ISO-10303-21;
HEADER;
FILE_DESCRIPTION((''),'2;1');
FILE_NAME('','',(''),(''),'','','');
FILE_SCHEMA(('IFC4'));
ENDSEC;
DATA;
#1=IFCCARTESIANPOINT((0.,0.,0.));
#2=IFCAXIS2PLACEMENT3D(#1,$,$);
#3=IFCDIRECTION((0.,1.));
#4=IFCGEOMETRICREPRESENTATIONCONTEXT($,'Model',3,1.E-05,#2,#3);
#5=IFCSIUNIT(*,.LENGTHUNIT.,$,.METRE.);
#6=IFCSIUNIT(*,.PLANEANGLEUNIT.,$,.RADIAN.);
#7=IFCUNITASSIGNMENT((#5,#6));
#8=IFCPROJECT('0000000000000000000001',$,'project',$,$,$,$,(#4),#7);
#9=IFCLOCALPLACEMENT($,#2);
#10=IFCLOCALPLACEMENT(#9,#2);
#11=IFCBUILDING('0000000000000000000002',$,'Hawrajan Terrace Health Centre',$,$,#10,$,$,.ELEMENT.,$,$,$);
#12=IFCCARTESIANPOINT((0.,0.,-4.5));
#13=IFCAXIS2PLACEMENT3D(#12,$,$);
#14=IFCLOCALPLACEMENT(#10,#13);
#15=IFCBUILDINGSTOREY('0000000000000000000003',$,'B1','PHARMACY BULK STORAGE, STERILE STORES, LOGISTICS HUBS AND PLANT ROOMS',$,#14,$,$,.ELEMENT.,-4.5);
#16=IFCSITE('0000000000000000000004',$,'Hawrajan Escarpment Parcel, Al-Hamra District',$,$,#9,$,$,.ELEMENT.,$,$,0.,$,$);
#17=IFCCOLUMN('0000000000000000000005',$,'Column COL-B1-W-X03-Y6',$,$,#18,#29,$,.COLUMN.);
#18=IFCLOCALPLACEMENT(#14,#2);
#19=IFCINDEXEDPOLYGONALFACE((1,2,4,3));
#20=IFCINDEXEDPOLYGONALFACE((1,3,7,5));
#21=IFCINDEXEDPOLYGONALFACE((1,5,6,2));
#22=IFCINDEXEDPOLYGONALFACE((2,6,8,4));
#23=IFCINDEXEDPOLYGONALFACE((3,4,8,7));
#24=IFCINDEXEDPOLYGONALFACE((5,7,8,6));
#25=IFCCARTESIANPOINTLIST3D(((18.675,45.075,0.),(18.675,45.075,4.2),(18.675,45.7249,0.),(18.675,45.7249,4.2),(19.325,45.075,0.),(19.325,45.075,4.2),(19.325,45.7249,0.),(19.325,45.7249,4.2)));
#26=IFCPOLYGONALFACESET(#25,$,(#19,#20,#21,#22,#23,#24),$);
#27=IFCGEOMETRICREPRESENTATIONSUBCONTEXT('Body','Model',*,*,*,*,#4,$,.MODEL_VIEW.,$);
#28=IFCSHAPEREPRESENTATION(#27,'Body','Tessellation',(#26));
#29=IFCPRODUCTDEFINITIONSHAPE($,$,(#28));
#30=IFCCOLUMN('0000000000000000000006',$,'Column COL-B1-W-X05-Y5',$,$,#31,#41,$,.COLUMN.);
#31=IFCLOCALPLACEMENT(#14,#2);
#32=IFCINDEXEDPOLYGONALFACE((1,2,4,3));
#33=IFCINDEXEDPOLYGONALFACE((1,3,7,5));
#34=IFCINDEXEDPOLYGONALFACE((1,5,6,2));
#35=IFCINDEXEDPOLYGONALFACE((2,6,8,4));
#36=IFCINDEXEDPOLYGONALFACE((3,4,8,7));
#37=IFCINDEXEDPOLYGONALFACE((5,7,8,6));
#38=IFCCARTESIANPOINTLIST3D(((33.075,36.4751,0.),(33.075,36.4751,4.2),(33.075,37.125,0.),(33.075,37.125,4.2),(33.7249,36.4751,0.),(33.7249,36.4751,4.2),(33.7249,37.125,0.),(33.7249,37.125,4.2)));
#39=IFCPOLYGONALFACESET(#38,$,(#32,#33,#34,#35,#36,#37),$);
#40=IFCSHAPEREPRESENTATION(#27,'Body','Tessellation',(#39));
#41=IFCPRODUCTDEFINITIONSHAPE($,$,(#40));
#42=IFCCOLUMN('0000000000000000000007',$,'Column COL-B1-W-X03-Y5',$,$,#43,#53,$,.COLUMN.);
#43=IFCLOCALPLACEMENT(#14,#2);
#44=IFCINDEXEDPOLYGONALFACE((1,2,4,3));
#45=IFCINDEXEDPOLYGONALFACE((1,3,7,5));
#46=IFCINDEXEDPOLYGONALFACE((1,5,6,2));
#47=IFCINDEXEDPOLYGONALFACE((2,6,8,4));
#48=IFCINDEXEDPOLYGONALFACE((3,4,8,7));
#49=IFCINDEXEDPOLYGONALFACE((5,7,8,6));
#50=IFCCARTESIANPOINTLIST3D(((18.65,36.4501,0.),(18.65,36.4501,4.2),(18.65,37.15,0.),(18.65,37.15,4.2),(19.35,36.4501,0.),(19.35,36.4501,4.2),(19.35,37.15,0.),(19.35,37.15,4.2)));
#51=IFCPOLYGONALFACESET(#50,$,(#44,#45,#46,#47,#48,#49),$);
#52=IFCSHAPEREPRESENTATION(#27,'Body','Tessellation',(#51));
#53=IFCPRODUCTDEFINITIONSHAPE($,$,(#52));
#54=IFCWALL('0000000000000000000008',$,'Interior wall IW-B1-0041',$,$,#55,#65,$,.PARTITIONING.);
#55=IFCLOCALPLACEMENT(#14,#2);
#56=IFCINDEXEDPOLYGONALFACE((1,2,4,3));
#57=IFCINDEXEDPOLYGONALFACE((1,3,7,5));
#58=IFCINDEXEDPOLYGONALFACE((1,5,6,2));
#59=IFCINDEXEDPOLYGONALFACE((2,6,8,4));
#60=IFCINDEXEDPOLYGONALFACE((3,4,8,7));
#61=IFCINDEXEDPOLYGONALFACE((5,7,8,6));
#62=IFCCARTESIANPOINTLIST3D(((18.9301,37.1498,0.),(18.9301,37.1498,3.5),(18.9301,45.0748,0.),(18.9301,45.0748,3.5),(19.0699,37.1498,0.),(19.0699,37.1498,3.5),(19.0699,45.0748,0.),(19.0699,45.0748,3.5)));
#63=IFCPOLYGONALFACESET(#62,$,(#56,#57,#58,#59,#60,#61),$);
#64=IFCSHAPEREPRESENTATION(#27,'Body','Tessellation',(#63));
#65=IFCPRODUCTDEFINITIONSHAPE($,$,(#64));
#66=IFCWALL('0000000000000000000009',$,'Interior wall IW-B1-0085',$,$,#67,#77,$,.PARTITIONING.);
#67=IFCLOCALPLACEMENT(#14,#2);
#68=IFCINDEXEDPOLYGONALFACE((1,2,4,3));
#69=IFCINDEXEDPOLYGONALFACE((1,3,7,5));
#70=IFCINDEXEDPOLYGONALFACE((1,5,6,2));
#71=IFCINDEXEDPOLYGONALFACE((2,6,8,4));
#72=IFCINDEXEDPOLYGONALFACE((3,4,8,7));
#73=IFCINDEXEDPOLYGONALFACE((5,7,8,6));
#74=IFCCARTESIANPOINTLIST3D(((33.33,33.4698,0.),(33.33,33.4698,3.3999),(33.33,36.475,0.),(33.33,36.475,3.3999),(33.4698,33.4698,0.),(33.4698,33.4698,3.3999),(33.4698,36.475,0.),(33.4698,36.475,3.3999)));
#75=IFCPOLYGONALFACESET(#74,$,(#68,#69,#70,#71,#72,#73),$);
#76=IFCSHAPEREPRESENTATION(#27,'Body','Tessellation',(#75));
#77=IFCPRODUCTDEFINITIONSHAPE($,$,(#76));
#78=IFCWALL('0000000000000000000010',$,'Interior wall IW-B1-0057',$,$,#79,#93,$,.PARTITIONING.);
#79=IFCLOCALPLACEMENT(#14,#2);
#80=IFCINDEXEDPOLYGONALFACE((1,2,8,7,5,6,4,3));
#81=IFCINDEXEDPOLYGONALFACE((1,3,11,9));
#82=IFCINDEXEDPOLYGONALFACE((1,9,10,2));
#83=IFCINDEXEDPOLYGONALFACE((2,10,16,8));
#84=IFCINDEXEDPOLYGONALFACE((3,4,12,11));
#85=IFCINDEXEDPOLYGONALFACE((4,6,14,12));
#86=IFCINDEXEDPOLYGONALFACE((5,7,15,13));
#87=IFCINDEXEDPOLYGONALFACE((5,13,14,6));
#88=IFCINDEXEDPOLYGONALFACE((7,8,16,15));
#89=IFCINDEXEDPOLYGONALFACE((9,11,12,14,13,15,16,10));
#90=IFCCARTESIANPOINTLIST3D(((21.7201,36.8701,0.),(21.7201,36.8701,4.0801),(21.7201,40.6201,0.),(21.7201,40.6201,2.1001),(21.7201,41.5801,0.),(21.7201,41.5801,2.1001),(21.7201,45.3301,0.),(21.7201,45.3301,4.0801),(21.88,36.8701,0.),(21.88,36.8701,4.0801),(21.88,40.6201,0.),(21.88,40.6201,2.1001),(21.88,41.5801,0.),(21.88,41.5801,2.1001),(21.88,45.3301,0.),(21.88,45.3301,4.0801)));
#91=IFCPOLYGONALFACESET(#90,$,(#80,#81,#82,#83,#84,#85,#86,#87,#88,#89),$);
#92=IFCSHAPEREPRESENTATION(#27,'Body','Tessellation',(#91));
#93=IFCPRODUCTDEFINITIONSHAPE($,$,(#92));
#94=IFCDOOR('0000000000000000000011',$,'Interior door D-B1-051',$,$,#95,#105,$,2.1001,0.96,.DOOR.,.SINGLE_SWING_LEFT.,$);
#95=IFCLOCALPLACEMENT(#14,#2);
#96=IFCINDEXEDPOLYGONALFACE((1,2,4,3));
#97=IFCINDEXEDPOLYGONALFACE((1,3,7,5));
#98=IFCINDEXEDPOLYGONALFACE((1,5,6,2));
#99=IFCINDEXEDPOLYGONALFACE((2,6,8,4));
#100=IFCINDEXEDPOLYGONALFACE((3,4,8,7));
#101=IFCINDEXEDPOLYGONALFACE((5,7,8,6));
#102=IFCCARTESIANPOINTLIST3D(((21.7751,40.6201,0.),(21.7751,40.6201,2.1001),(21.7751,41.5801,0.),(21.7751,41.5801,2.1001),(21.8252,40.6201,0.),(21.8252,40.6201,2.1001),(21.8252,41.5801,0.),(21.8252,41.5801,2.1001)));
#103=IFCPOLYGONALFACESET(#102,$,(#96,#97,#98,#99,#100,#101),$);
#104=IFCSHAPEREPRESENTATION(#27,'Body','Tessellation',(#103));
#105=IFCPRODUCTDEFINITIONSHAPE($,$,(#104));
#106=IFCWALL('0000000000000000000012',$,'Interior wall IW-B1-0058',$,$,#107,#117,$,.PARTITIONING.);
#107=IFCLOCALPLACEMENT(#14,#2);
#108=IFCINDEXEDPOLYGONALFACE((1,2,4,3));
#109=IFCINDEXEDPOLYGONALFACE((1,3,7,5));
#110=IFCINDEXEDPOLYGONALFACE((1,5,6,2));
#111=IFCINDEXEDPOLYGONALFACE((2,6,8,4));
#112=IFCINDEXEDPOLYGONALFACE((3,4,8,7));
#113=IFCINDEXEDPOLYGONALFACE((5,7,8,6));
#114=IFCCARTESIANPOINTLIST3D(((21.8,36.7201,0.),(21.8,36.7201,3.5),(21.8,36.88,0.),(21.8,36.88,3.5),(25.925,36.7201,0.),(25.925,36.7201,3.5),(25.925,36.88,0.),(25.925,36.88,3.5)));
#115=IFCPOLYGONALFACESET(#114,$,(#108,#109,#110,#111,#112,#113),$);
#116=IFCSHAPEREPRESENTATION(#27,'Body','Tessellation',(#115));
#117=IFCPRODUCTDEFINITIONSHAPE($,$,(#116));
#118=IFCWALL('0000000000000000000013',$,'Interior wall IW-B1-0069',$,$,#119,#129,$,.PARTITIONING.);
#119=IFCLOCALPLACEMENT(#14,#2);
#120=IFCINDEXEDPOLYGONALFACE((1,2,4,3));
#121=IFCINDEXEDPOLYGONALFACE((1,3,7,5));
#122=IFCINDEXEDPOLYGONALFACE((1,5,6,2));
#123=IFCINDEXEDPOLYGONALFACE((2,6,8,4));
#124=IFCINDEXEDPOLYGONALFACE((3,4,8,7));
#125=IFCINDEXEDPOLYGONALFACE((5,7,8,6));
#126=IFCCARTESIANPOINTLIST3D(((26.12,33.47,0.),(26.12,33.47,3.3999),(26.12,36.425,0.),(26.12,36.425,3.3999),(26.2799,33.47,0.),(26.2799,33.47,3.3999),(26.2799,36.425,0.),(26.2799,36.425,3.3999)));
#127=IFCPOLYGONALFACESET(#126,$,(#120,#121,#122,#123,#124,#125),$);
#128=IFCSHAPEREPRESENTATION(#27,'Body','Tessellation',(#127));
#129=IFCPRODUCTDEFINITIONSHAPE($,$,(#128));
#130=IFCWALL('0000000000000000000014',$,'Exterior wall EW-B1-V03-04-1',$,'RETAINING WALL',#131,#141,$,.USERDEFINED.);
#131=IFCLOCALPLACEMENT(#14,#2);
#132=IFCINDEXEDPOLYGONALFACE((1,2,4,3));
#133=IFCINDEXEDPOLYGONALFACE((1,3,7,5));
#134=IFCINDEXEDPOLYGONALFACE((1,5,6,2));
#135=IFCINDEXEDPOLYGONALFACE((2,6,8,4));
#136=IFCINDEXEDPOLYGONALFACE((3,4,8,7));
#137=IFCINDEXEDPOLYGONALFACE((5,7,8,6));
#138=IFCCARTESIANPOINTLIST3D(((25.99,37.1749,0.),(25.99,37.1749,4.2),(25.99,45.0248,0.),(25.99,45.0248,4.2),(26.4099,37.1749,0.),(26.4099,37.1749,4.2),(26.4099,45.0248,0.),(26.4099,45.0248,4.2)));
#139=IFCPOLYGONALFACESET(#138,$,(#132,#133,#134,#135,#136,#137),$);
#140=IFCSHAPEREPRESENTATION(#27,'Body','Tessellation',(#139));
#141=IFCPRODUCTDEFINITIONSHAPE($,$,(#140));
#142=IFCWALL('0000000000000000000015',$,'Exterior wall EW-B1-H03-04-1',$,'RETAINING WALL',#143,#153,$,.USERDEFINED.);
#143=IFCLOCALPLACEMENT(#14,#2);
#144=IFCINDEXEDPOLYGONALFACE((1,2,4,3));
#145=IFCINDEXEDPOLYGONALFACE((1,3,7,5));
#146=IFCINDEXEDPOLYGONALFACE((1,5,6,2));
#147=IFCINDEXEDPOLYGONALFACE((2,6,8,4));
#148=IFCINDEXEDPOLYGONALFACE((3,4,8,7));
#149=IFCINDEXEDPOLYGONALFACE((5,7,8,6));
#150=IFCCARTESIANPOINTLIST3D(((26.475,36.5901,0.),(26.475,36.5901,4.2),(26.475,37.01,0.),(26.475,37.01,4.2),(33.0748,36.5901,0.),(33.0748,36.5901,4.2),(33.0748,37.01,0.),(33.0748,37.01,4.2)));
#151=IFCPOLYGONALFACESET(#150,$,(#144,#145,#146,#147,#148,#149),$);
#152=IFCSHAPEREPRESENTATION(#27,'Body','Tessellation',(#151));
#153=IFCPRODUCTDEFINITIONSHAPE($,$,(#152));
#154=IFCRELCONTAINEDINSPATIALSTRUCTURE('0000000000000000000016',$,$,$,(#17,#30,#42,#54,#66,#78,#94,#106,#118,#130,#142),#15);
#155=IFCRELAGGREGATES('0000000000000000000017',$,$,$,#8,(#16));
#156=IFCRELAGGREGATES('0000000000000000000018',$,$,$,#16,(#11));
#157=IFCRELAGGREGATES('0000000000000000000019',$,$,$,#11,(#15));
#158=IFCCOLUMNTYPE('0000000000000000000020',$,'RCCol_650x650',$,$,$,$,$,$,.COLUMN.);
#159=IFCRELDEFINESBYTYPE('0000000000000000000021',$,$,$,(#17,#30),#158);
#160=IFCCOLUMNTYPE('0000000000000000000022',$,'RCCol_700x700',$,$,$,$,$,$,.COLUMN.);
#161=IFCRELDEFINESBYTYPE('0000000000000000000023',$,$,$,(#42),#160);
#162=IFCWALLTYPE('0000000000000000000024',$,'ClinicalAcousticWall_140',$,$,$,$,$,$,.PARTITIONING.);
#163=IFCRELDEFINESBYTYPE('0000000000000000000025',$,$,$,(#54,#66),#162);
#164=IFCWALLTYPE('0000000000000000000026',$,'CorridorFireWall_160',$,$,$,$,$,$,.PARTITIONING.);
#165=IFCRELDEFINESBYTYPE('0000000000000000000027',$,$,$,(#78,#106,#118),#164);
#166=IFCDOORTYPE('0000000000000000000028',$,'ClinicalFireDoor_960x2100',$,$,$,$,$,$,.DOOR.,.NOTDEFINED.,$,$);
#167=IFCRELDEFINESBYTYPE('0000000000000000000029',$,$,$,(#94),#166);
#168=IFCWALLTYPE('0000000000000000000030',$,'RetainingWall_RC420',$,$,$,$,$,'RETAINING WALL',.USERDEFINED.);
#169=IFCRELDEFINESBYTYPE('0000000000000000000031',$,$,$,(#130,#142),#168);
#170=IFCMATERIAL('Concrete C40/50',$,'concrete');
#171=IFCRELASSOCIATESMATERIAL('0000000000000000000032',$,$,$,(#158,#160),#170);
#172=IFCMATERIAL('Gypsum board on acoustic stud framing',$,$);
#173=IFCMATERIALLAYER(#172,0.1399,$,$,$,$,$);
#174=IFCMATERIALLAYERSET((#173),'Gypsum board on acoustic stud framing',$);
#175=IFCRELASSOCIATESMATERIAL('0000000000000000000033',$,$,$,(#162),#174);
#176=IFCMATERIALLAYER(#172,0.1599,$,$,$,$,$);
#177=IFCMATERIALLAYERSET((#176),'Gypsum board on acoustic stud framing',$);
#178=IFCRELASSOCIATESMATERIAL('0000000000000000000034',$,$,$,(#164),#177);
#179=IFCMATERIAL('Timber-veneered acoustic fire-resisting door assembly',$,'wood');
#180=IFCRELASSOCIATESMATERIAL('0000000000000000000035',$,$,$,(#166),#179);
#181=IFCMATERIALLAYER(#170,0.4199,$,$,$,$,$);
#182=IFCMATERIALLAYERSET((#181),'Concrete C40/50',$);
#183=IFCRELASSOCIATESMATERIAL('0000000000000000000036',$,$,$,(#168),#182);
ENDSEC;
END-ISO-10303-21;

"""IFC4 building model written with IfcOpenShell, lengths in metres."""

from ifc_helpers import new_model, si_unit, direction, frame, frame_2d, origin, origin_2d, place, context, subcontext, project, spatial, rectangle, extrude, material, layer, layer_set, material_profile, profile_set, type_object, element, fill, save


model = new_model("IFC4")

# Units and contexts
model_context = context("Model", 3, precision=1e-05, world=origin(), true_north=direction((0.0, 1.0)))
body_context = subcontext(model_context, "Body", "Model", "MODEL_VIEW")
ifc_project = project(units=[si_unit("LENGTHUNIT", "METRE"), si_unit("PLANEANGLEUNIT", "RADIAN")], contexts=[model_context])

# Site, building, storey
site_placement = place(None, origin())
site = spatial("IfcSite", under=ifc_project, at=site_placement, Name="Hawrajan Escarpment Parcel, Al-Hamra District", CompositionType="ELEMENT", RefElevation=0.0)
building_placement = place(site_placement, origin())
building = spatial("IfcBuilding", under=site, at=building_placement, Name="Hawrajan Terrace Health Centre", CompositionType="ELEMENT")
storey_placement = place(building_placement, frame((0.0, 0.0, -4.5)))
storey = spatial("IfcBuildingStorey", under=building, at=storey_placement, Name="B1", Description="PHARMACY BULK STORAGE, STERILE STORES, LOGISTICS HUBS AND PLANT ROOMS", CompositionType="ELEMENT", Elevation=-4.5)

# Shared definitions
ifc_material_1 = material(Name="Concrete C40/50", Category="concrete")

# Columns
ifc_material_profile_1 = material_profile(ifc_material_1, rectangle(XDim=0.6499, YDim=0.6499, at=origin_2d()), Name="RC 650x650")
ifc_profile_set_1 = profile_set([ifc_material_profile_1], Name="Concrete C40/50")
column_type_1 = type_object("IfcColumnType", Name="RCCol_650x650", PredefinedType="COLUMN", material=ifc_profile_set_1)
for number, where, z_axis, x_axis, name in (
    (1, (19.0, 45.3999, 0.0), (0.0, 0.0, 1.0), (1.0, 0.0, 0.0), "Column COL-B1-W-X03-Y6"),
    (2, (33.3999, 36.8, 0.0), (0.0, 0.0, 1.0), (1.0, 0.0, 0.0), "Column COL-B1-W-X05-Y5"),
):
    element("IfcColumn", number, at=place(storey_placement, frame(where, z_axis=z_axis, x_axis=x_axis)), inside=storey, type_object=column_type_1, Name=name, PredefinedType="COLUMN", context=body_context, shape_type="SweptSolid", body=[
        extrude(rectangle(XDim=0.6499, YDim=0.6499, at=origin_2d()), origin(), (0.0, 0.0, 1.0), 4.2),
    ])
ifc_material_profile_2 = material_profile(ifc_material_1, rectangle(XDim=0.7, YDim=0.7, at=origin_2d()), Name="RC 700x700")
ifc_profile_set_2 = profile_set([ifc_material_profile_2], Name="Concrete C40/50")
column_type_2 = type_object("IfcColumnType", Name="RCCol_700x700", PredefinedType="COLUMN", material=ifc_profile_set_2)
column_1_placement = place(storey_placement, frame((19.0, 36.8, 0.0), z_axis=(0.0, 0.0, 1.0), x_axis=(1.0, 0.0, 0.0)))
element("IfcColumn", 3, at=column_1_placement, inside=storey, type_object=column_type_2, Name="Column COL-B1-W-X03-Y5", PredefinedType="COLUMN", context=body_context, shape_type="SweptSolid", body=[
    extrude(rectangle(XDim=0.7, YDim=0.7, at=origin_2d()), origin(), (0.0, 0.0, 1.0), 4.2),
])

# Walls
ifc_material_2 = material(Name="Gypsum board on acoustic stud framing")
ifc_layer_1 = layer(ifc_material_2, 0.1399)
ifc_layer_set_1 = layer_set([ifc_layer_1], Name="Gypsum board on acoustic stud framing")
wall_type_1 = type_object("IfcWallType", Name="ClinicalAcousticWall_140", PredefinedType="PARTITIONING", material=ifc_layer_set_1)
wall_1_placement = place(storey_placement, frame((19.0, 37.1499, 0.0), z_axis=(0.0, 0.0, 1.0), x_axis=(0.0, 1.0, 0.0)))
element("IfcWall", 4, at=wall_1_placement, inside=storey, type_object=wall_type_1, Name="Interior wall IW-B1-0041", PredefinedType="PARTITIONING", context=body_context, shape_type="SweptSolid", body=[
    extrude(rectangle(XDim=7.925, YDim=0.1399, at=frame_2d((3.9624, 0.0))), origin(), (0.0, 0.0, 1.0), 3.5),
])
wall_2_placement = place(storey_placement, frame((33.3999, 33.47, 0.0), z_axis=(0.0, 0.0, 1.0), x_axis=(0.0, 1.0, 0.0)))
element("IfcWall", 5, at=wall_2_placement, inside=storey, type_object=wall_type_1, Name="Interior wall IW-B1-0085", PredefinedType="PARTITIONING", context=body_context, shape_type="SweptSolid", body=[
    extrude(rectangle(XDim=3.0051, YDim=0.1399, at=frame_2d((1.5024, 0.0))), origin(), (0.0, 0.0, 1.0), 3.3999),
])

# Wall, opening, door
ifc_layer_2 = layer(ifc_material_2, 0.1599)
ifc_layer_set_2 = layer_set([ifc_layer_2], Name="Gypsum board on acoustic stud framing")
wall_type_2 = type_object("IfcWallType", Name="CorridorFireWall_160", PredefinedType="PARTITIONING", material=ifc_layer_set_2)
wall_3_placement = place(storey_placement, frame((21.8, 36.8701, 0.0), z_axis=(0.0, 0.0, 1.0), x_axis=(0.0, 1.0, 0.0)))
wall_3 = element("IfcWall", 6, at=wall_3_placement, inside=storey, type_object=wall_type_2, Name="Interior wall IW-B1-0057", PredefinedType="PARTITIONING", context=body_context, shape_type="SweptSolid", body=[
    extrude(rectangle(XDim=8.46, YDim=0.1599, at=frame_2d((4.23, 0.0))), origin(), (0.0, 0.0, 1.0), 4.0801),
])
opening_placement = place(wall_3_placement, frame((3.75, 0.0, 0.0)))
opening = element("IfcOpeningElement", 7, at=opening_placement, cuts=wall_3, PredefinedType="OPENING", context=body_context, shape_type="SweptSolid", body=[
    extrude(rectangle(XDim=0.96, YDim=2.1001, at=frame_2d((0.48, 1.05))), frame((0.0, 0.0898, 0.0), z_axis=(0.0, -1.0, 0.0), x_axis=(1.0, 0.0, 0.0)), (0.0, 0.0, 1.0), 0.1799),
])
ifc_material_3 = material(Name="Timber-veneered acoustic fire-resisting door assembly", Category="wood")
door_type = type_object("IfcDoorType", Name="ClinicalFireDoor_960x2100", OperationType="NOTDEFINED", PredefinedType="DOOR", material=ifc_material_3)
door_placement = place(opening_placement, origin())
door = element("IfcDoor", 8, at=door_placement, inside=storey, type_object=door_type, Name="Interior door D-B1-051", OperationType="SINGLE_SWING_LEFT", OverallHeight=2.1001, OverallWidth=0.96, PredefinedType="DOOR", context=body_context, shape_type="SweptSolid", body=[
    extrude(rectangle(XDim=0.96, YDim=2.1001, at=frame_2d((0.48, 1.05))), frame((0.0, 0.0249, 0.0), z_axis=(0.0, -1.0, 0.0), x_axis=(1.0, 0.0, 0.0)), (0.0, 0.0, 1.0), 0.05),
])
fill(opening, door)

# Walls
wall_4_placement = place(storey_placement, frame((21.8, 36.8, 0.0), z_axis=(0.0, 0.0, 1.0), x_axis=(1.0, 0.0, 0.0)))
element("IfcWall", 9, at=wall_4_placement, inside=storey, type_object=wall_type_2, Name="Interior wall IW-B1-0058", PredefinedType="PARTITIONING", context=body_context, shape_type="SweptSolid", body=[
    extrude(rectangle(XDim=4.125, YDim=0.1599, at=frame_2d((2.0625, 0.0))), origin(), (0.0, 0.0, 1.0), 3.5),
])
wall_5_placement = place(storey_placement, frame((26.2, 33.47, 0.0), z_axis=(0.0, 0.0, 1.0), x_axis=(0.0, 1.0, 0.0)))
element("IfcWall", 10, at=wall_5_placement, inside=storey, type_object=wall_type_2, Name="Interior wall IW-B1-0069", PredefinedType="PARTITIONING", context=body_context, shape_type="SweptSolid", body=[
    extrude(rectangle(XDim=2.9551, YDim=0.1599, at=frame_2d((1.4775, 0.0))), origin(), (0.0, 0.0, 1.0), 3.3999),
])
ifc_layer_3 = layer(ifc_material_1, 0.4199)
ifc_layer_set_3 = layer_set([ifc_layer_3], Name="Concrete C40/50")
wall_type_3 = type_object("IfcWallType", Name="RetainingWall_RC420", ElementType="RETAINING WALL", PredefinedType="USERDEFINED", material=ifc_layer_set_3)
wall_6_placement = place(storey_placement, frame((26.2, 37.175, 0.0), z_axis=(0.0, 0.0, 1.0), x_axis=(0.0, 1.0, 0.0)))
element("IfcWall", 11, at=wall_6_placement, inside=storey, type_object=wall_type_3, Name="Exterior wall EW-B1-V03-04-1", ObjectType="RETAINING WALL", PredefinedType="USERDEFINED", context=body_context, shape_type="SweptSolid", body=[
    extrude(rectangle(XDim=7.8499, YDim=0.4199, at=frame_2d((3.9248, 0.0))), origin(), (0.0, 0.0, 1.0), 4.2),
])
wall_7_placement = place(storey_placement, frame((26.4751, 36.8, 0.0), z_axis=(0.0, 0.0, 1.0), x_axis=(1.0, 0.0, 0.0)))
element("IfcWall", 12, at=wall_7_placement, inside=storey, type_object=wall_type_3, Name="Exterior wall EW-B1-H03-04-1", ObjectType="RETAINING WALL", PredefinedType="USERDEFINED", context=body_context, shape_type="SweptSolid", body=[
    extrude(rectangle(XDim=6.5999, YDim=0.4199, at=frame_2d((3.2998, 0.0))), origin(), (0.0, 0.0, 1.0), 4.2),
])

save(model, "model.ifc")
